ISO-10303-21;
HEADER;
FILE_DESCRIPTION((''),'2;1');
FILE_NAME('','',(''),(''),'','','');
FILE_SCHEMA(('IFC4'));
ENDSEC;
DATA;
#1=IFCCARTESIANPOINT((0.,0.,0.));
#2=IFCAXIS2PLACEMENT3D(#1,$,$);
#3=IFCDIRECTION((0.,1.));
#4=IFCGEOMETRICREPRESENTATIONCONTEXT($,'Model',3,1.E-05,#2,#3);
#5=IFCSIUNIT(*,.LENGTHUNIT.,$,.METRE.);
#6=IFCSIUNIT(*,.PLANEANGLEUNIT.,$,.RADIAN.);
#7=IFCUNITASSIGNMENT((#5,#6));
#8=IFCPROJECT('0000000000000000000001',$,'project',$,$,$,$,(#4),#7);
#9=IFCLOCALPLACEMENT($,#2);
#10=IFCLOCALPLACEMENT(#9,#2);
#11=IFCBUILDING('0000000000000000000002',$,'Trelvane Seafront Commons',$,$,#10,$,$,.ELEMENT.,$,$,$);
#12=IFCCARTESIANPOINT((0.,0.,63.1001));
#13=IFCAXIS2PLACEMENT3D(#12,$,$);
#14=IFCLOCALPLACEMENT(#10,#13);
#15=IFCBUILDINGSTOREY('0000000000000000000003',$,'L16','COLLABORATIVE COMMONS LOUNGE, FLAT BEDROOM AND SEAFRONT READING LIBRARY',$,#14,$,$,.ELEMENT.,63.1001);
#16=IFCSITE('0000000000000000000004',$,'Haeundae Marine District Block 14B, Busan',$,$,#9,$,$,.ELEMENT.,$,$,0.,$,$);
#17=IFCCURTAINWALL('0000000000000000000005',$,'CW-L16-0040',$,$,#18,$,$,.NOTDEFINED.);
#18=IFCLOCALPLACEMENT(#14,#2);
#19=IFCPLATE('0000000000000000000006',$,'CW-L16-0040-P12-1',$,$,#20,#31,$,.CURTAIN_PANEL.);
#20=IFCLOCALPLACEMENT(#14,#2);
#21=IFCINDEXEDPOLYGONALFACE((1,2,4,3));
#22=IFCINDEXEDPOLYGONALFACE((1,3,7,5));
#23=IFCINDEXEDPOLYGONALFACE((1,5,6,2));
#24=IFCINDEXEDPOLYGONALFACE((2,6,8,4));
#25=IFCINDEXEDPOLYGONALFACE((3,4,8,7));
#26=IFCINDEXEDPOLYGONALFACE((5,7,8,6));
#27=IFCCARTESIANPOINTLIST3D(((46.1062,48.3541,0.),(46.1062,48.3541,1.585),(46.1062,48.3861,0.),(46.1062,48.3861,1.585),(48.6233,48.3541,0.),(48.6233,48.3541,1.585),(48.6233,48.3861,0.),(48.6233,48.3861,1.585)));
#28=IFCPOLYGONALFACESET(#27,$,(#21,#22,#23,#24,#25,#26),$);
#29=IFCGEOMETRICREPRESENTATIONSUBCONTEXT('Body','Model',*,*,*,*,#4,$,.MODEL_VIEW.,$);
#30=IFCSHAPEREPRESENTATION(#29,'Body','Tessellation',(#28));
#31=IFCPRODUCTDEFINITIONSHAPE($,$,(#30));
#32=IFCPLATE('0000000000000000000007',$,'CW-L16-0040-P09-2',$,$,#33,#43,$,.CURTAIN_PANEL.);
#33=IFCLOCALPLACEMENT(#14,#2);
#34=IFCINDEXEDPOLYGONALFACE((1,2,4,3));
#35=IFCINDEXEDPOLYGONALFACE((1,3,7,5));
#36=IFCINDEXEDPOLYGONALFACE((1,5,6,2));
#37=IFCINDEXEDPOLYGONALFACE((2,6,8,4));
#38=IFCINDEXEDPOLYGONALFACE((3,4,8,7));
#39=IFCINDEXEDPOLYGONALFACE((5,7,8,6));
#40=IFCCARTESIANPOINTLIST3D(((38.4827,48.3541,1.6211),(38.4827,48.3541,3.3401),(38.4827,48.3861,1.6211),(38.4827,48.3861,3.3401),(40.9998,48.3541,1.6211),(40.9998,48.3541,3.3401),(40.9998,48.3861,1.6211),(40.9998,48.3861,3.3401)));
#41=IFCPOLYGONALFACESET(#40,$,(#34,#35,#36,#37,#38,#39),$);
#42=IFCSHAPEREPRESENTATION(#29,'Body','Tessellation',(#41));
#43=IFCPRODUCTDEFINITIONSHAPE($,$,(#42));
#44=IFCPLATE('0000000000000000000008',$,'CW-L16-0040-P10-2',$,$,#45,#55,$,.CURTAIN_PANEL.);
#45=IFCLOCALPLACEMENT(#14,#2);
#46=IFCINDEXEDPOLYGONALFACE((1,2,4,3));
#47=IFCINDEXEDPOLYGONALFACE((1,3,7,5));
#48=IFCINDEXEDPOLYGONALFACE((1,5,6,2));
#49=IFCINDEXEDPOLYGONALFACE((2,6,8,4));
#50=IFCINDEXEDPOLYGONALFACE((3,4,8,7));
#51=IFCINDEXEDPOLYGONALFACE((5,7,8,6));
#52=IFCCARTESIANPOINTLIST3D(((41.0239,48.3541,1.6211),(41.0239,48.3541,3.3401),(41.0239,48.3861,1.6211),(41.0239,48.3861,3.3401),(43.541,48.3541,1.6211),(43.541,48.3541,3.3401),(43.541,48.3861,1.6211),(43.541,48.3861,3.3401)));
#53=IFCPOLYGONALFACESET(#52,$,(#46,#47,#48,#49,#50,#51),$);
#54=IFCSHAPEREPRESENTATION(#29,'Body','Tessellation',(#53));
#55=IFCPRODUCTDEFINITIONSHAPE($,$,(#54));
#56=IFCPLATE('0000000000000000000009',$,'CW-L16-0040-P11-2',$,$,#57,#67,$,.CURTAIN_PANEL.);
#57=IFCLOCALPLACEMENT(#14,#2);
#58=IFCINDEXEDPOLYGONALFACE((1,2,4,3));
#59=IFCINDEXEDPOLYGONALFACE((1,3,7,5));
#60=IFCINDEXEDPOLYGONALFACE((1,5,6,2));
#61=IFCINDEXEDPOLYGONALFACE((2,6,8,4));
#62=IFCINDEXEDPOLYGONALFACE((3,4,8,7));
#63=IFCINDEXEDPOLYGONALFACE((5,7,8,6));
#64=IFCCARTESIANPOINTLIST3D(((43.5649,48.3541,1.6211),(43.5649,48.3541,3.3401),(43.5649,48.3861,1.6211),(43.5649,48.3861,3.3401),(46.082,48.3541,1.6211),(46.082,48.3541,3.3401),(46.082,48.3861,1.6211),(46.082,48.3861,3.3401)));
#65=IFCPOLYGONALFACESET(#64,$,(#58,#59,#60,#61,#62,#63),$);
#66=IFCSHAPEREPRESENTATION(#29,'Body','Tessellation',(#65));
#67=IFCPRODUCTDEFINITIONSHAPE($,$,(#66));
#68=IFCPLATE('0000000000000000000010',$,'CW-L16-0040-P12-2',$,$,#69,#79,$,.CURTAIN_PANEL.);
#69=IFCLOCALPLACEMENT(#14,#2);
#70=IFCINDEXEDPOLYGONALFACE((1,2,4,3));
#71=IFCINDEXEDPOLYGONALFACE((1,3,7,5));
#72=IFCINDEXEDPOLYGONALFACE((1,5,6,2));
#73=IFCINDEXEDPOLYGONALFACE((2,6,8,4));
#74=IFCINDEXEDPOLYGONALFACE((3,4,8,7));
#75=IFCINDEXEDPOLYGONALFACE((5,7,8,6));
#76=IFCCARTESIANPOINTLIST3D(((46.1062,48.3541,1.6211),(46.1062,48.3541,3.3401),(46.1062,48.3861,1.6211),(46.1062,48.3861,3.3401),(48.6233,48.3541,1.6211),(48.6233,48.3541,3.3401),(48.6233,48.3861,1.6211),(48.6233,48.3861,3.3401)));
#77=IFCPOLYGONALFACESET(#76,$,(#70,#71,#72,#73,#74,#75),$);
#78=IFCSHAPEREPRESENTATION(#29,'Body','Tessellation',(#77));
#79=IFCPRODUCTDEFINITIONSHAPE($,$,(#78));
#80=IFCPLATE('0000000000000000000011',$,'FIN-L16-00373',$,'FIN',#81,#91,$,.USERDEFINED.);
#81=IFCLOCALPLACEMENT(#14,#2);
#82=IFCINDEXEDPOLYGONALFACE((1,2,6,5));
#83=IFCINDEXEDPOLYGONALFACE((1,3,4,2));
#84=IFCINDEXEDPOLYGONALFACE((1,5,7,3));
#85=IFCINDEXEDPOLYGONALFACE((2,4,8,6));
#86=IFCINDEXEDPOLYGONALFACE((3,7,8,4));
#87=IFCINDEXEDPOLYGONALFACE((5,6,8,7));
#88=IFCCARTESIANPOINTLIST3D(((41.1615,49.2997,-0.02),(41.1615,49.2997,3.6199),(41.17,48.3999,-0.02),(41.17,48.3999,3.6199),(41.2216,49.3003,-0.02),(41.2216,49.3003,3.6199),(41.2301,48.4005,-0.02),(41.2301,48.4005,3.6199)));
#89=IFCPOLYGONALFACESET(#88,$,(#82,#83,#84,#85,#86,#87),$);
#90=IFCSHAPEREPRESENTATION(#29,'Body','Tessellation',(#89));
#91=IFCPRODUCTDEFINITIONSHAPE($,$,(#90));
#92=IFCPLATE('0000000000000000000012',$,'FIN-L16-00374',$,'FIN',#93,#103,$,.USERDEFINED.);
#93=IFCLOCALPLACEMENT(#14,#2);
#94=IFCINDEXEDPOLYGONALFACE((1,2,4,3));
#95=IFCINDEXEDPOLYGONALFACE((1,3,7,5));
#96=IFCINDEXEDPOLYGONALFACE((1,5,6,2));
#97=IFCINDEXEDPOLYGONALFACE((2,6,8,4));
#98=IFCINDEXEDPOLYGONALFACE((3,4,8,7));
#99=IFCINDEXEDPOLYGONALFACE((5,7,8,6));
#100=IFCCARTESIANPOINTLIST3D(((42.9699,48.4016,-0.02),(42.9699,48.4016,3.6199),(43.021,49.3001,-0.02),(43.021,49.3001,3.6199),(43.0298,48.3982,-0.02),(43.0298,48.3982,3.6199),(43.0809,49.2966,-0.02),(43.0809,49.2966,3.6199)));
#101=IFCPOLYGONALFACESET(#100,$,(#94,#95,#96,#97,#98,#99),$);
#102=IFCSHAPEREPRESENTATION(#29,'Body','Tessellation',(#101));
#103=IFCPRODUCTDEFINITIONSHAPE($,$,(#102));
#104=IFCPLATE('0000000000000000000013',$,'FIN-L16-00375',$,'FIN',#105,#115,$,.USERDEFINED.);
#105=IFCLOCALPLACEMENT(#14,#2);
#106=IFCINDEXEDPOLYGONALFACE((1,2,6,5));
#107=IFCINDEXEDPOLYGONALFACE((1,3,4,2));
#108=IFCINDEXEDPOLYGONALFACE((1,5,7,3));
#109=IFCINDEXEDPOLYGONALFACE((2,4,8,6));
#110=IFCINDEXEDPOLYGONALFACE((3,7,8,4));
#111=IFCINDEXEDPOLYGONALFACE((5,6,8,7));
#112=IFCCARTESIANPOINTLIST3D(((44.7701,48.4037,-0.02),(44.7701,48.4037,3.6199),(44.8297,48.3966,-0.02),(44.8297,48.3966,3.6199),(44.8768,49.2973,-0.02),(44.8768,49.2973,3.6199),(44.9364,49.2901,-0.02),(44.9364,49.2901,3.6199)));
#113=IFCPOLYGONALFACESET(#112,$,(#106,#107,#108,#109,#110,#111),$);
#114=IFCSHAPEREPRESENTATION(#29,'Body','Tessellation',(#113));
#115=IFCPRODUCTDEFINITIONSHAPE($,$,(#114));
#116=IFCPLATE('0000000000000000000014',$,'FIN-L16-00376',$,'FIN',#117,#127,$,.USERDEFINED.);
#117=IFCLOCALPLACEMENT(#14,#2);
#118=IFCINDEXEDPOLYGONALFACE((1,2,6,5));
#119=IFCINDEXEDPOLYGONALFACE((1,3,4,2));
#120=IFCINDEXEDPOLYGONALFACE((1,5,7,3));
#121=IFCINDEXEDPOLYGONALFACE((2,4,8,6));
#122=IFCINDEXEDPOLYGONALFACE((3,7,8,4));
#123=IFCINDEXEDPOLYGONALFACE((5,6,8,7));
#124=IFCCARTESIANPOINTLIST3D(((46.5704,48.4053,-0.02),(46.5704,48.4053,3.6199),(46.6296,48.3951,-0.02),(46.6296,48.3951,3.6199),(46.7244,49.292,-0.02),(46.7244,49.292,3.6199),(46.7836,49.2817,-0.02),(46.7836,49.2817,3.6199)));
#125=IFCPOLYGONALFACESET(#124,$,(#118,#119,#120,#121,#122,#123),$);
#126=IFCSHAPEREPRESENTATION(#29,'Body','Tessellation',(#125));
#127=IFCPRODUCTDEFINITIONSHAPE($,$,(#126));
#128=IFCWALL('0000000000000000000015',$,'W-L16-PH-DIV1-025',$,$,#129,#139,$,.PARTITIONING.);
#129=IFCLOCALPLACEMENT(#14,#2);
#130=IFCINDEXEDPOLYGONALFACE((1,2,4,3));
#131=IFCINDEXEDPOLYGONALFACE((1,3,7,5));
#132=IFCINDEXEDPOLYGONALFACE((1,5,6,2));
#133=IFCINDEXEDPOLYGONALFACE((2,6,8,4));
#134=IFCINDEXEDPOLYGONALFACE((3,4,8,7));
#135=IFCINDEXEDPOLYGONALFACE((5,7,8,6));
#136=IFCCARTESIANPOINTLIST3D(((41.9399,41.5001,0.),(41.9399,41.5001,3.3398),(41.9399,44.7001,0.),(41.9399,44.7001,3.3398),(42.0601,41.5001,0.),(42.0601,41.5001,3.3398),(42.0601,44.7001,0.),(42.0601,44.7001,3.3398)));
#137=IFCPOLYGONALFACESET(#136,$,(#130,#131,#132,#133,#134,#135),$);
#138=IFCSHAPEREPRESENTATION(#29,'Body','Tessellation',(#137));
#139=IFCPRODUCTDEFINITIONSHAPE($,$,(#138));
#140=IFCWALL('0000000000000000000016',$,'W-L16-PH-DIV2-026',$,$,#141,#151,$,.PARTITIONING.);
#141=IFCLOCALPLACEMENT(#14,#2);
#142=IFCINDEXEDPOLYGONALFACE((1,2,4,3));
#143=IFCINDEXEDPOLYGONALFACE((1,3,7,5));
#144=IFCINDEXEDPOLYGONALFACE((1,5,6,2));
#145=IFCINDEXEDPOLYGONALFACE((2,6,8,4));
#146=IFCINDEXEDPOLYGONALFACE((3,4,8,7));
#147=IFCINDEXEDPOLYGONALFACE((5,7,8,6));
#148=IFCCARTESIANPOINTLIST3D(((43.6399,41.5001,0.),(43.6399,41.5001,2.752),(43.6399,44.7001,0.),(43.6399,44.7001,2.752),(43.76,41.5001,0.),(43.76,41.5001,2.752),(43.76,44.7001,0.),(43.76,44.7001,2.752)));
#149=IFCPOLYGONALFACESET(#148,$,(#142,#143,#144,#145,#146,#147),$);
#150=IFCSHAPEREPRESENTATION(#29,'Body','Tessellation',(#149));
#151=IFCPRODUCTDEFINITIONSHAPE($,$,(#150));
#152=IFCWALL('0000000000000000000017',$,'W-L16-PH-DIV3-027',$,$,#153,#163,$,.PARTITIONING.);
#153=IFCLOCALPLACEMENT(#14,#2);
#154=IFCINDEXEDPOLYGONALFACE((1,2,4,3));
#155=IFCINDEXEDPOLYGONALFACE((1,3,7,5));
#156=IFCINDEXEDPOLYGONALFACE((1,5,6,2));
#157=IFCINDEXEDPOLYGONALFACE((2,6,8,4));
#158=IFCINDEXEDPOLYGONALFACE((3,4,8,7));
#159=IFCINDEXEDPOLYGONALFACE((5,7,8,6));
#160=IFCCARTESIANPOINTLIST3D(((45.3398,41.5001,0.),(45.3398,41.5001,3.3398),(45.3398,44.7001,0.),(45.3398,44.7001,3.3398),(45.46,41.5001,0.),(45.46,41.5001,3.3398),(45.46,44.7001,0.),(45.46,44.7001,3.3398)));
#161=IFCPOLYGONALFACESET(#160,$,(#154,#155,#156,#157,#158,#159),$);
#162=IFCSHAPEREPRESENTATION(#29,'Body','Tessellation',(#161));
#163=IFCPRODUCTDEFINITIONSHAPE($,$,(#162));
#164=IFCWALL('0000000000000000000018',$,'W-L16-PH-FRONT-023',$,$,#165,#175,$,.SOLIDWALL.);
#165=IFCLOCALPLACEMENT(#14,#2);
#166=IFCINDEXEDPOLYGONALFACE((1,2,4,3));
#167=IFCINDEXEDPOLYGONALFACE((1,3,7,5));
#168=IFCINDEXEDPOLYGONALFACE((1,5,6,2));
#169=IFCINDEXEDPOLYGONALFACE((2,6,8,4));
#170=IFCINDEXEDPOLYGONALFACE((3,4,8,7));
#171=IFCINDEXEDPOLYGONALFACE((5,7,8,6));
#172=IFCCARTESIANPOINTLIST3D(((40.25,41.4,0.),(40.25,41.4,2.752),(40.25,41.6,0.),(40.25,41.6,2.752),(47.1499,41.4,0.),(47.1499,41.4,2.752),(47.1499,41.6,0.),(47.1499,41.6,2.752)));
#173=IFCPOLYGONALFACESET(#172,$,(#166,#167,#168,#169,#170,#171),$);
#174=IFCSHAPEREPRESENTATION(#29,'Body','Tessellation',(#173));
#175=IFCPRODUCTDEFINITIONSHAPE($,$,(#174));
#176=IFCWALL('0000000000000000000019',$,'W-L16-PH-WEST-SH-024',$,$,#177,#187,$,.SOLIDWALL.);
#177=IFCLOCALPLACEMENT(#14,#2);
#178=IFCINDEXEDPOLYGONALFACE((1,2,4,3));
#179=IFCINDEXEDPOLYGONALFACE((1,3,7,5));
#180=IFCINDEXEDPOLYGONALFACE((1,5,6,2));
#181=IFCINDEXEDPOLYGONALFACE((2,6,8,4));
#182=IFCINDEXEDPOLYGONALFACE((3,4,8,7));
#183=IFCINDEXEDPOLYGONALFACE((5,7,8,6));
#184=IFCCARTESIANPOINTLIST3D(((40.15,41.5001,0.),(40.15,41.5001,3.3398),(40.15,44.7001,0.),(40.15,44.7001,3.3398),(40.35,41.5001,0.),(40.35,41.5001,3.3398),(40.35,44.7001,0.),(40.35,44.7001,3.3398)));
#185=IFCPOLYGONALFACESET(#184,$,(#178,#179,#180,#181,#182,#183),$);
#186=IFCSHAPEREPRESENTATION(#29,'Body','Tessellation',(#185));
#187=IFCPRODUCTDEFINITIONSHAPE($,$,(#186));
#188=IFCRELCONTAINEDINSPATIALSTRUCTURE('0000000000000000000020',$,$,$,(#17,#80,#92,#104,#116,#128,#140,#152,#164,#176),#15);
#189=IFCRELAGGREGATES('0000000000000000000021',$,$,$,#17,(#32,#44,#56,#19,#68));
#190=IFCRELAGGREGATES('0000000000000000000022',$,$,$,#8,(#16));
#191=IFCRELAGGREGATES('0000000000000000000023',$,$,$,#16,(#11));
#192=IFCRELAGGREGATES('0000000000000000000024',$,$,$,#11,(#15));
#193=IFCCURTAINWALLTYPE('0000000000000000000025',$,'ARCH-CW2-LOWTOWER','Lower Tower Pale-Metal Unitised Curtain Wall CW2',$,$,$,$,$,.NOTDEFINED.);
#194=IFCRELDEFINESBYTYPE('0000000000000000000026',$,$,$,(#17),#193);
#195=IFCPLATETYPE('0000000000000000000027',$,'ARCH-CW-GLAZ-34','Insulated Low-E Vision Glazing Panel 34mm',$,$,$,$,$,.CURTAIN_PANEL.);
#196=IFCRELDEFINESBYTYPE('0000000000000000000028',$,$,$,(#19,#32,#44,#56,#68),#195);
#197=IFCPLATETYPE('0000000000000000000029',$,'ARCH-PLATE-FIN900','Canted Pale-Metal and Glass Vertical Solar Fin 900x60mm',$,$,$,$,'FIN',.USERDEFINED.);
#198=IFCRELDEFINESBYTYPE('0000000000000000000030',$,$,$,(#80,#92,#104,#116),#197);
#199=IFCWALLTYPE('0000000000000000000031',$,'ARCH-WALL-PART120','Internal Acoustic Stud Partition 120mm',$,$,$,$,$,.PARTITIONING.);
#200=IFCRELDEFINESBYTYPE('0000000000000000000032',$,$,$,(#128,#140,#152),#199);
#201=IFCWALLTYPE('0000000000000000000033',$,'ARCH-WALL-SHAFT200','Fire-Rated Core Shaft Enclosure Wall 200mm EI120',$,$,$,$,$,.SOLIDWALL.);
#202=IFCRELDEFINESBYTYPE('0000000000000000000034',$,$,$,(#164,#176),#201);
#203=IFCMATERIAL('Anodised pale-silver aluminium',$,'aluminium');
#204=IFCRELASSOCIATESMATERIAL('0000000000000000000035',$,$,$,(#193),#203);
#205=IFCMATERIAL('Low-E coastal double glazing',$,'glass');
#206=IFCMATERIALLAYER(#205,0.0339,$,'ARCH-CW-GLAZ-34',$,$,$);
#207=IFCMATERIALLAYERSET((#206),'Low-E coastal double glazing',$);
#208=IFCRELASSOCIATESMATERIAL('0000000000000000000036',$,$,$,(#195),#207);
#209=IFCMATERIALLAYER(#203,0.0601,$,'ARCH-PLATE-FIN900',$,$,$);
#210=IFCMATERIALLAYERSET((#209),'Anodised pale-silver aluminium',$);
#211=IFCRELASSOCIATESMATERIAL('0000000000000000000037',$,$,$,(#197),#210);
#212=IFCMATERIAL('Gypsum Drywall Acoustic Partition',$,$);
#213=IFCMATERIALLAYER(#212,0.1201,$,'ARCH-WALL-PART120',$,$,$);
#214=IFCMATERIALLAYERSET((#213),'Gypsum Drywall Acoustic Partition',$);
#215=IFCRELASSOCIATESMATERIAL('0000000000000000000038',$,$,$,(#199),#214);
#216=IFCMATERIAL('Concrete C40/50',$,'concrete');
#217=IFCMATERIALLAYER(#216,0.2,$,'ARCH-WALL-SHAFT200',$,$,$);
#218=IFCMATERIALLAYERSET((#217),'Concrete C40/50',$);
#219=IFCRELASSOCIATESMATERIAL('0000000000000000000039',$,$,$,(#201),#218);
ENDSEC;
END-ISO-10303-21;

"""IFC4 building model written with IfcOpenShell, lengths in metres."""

from ifc_helpers import new_model, si_unit, direction, frame, frame_2d, origin, origin_2d, place, context, subcontext, project, spatial, rectangle, extrude, source, transform, mapped, material, layer, layer_set, type_object, element, aggregate, save


model = new_model("IFC4")

# Units and contexts
model_context = context("Model", 3, precision=1e-05, world=origin(), true_north=direction((0.0, 1.0)))
body_context = subcontext(model_context, "Body", "Model", "MODEL_VIEW")
ifc_project = project(units=[si_unit("LENGTHUNIT", "METRE"), si_unit("PLANEANGLEUNIT", "RADIAN")], contexts=[model_context])

# Site, building, storey
site_placement = place(None, origin())
site = spatial("IfcSite", under=ifc_project, at=site_placement, Name="Haeundae Marine District Block 14B, Busan", CompositionType="ELEMENT", RefElevation=0.0)
building_placement = place(site_placement, origin())
building = spatial("IfcBuilding", under=site, at=building_placement, Name="Trelvane Seafront Commons", CompositionType="ELEMENT")
storey_placement = place(building_placement, frame((0.0, 0.0, 63.1001)))
storey = spatial("IfcBuildingStorey", under=building, at=storey_placement, Name="L16", Description="COLLABORATIVE COMMONS LOUNGE, FLAT BEDROOM AND SEAFRONT READING LIBRARY", CompositionType="ELEMENT", Elevation=63.1001)

# Curtain wall, plates
ifc_material_1 = material(Name="Anodised pale-silver aluminium", Category="aluminium")
curtain_wall_type = type_object("IfcCurtainWallType", Name="ARCH-CW2-LOWTOWER", Description="Lower Tower Pale-Metal Unitised Curtain Wall CW2", PredefinedType="NOTDEFINED", material=ifc_material_1)
curtain_wall_placement = place(storey_placement, origin())
curtain_wall = element("IfcCurtainWall", 1, at=curtain_wall_placement, inside=storey, type_object=curtain_wall_type, Name="CW-L16-0040", PredefinedType="NOTDEFINED")
ifc_material_2 = material(Name="Low-E coastal double glazing", Category="glass")
ifc_layer_1 = layer(ifc_material_2, 0.0339, Name="ARCH-CW-GLAZ-34")
ifc_layer_set_1 = layer_set([ifc_layer_1], Name="Low-E coastal double glazing")
plate_type_1 = type_object("IfcPlateType", Name="ARCH-CW-GLAZ-34", Description="Insulated Low-E Vision Glazing Panel 34mm", PredefinedType="CURTAIN_PANEL", material=ifc_layer_set_1)
shared_shape_1 = source(origin(), body_context, "Body", "SweptSolid", [
    extrude(rectangle(XDim=2.5171, YDim=0.032, at=origin_2d()), origin(), (0.0, 0.0, 1.0), 1.585),
])
plate_1_placement = place(storey_placement, frame((47.3647, 48.3701, 0.0), z_axis=(0.0, 0.0, 1.0), x_axis=(1.0, 0.0, 0.0)))
plate_1 = element("IfcPlate", 2, at=plate_1_placement, type_object=plate_type_1, Name="CW-L16-0040-P12-1", PredefinedType="CURTAIN_PANEL", context=body_context, shape_type="MappedRepresentation", body=[
    mapped(shared_shape_1, transform((0.0, 0.0, 0.0), x_axis=(1.0, 0.0, 0.0), y_axis=(0.0, 1.0, 0.0), z_axis=(0.0, 0.0, 1.0), scale=1.0)),
])
shared_shape_2 = source(origin(), body_context, "Body", "SweptSolid", [
    extrude(rectangle(XDim=2.5171, YDim=0.032, at=origin_2d()), origin(), (0.0, 0.0, 1.0), 1.719),
])
plate_2_placement = place(storey_placement, frame((39.7412, 48.3701, 1.6211), z_axis=(0.0, 0.0, 1.0), x_axis=(1.0, 0.0, 0.0)))
plate_2 = element("IfcPlate", 3, at=plate_2_placement, type_object=plate_type_1, Name="CW-L16-0040-P09-2", PredefinedType="CURTAIN_PANEL", context=body_context, shape_type="MappedRepresentation", body=[
    mapped(shared_shape_2, transform((0.0, 0.0, 0.0), x_axis=(1.0, 0.0, 0.0), y_axis=(0.0, 1.0, 0.0), z_axis=(0.0, 0.0, 1.0), scale=1.0)),
])
plate_3_placement = place(storey_placement, frame((42.2825, 48.3701, 1.6211), z_axis=(0.0, 0.0, 1.0), x_axis=(1.0, 0.0, 0.0)))
plate_3 = element("IfcPlate", 4, at=plate_3_placement, type_object=plate_type_1, Name="CW-L16-0040-P10-2", PredefinedType="CURTAIN_PANEL", context=body_context, shape_type="MappedRepresentation", body=[
    mapped(shared_shape_2, transform((0.0, 0.0, 0.0), x_axis=(1.0, 0.0, 0.0), y_axis=(0.0, 1.0, 0.0), z_axis=(0.0, 0.0, 1.0), scale=1.0)),
])
plate_4_placement = place(storey_placement, frame((44.8235, 48.3701, 1.6211), z_axis=(0.0, 0.0, 1.0), x_axis=(1.0, 0.0, 0.0)))
plate_4 = element("IfcPlate", 5, at=plate_4_placement, type_object=plate_type_1, Name="CW-L16-0040-P11-2", PredefinedType="CURTAIN_PANEL", context=body_context, shape_type="MappedRepresentation", body=[
    mapped(shared_shape_2, transform((0.0, 0.0, 0.0), x_axis=(1.0, 0.0, 0.0), y_axis=(0.0, 1.0, 0.0), z_axis=(0.0, 0.0, 1.0), scale=1.0)),
])
plate_5_placement = place(storey_placement, frame((47.3647, 48.3701, 1.6211), z_axis=(0.0, 0.0, 1.0), x_axis=(1.0, 0.0, 0.0)))
plate_5 = element("IfcPlate", 6, at=plate_5_placement, type_object=plate_type_1, Name="CW-L16-0040-P12-2", PredefinedType="CURTAIN_PANEL", context=body_context, shape_type="MappedRepresentation", body=[
    mapped(shared_shape_2, transform((0.0, 0.0, 0.0), x_axis=(1.0, 0.0, 0.0), y_axis=(0.0, 1.0, 0.0), z_axis=(0.0, 0.0, 1.0), scale=1.0)),
])
aggregate(curtain_wall, [plate_2, plate_3, plate_4, plate_1, plate_5])

# Plates
ifc_layer_2 = layer(ifc_material_1, 0.0601, Name="ARCH-PLATE-FIN900")
ifc_layer_set_2 = layer_set([ifc_layer_2], Name="Anodised pale-silver aluminium")
plate_type_2 = type_object("IfcPlateType", Name="ARCH-PLATE-FIN900", Description="Canted Pale-Metal and Glass Vertical Solar Fin 900x60mm", ElementType="FIN", PredefinedType="USERDEFINED", material=ifc_layer_set_2)
shared_shape_3 = source(origin(), body_context, "Body", "SweptSolid", [
    extrude(rectangle(XDim=0.8999, YDim=0.0601, at=origin_2d()), origin(), (0.0, 0.0, 1.0), 3.6399),
])
for number, where, z_axis, x_axis, name in (
    (7, (41.1958, 48.8501, -0.02), (0.0, 0.0, 1.0), (-0.009444, 0.999955, 0.0), "FIN-L16-00373"),
    (8, (43.0254, 48.8491, -0.02), (0.0, 0.0, 1.0), (0.056782, 0.998387, 0.0), "FIN-L16-00374"),
    (9, (44.8533, 48.8469, -0.02), (0.0, 0.0, 1.0), (0.11855, 0.992948, 0.0), "FIN-L16-00375"),
    (10, (46.677, 48.8435, -0.02), (0.0, 0.0, 1.0), (0.171116, 0.985251, 0.0), "FIN-L16-00376"),
):
    element("IfcPlate", number, at=place(storey_placement, frame(where, z_axis=z_axis, x_axis=x_axis)), inside=storey, type_object=plate_type_2, Name=name, ObjectType="FIN", PredefinedType="USERDEFINED", context=body_context, shape_type="MappedRepresentation", body=[
        mapped(shared_shape_3, transform((0.0, 0.0, 0.0), x_axis=(1.0, 0.0, 0.0), y_axis=(0.0, 1.0, 0.0), z_axis=(0.0, 0.0, 1.0), scale=1.0)),
    ])

# Walls
ifc_material_3 = material(Name="Gypsum Drywall Acoustic Partition")
ifc_layer_3 = layer(ifc_material_3, 0.1201, Name="ARCH-WALL-PART120")
ifc_layer_set_3 = layer_set([ifc_layer_3], Name="Gypsum Drywall Acoustic Partition")
wall_type_1 = type_object("IfcWallType", Name="ARCH-WALL-PART120", Description="Internal Acoustic Stud Partition 120mm", PredefinedType="PARTITIONING", material=ifc_layer_set_3)
wall_1_placement = place(storey_placement, frame((42.0, 41.5, 0.0), z_axis=(0.0, 0.0, 1.0), x_axis=(0.0, 1.0, 0.0)))
element("IfcWall", 11, at=wall_1_placement, inside=storey, type_object=wall_type_1, Name="W-L16-PH-DIV1-025", PredefinedType="PARTITIONING", context=body_context, shape_type="SweptSolid", body=[
    extrude(rectangle(XDim=3.2, YDim=0.1201, at=frame_2d((1.6001, 0.0))), origin(), (0.0, 0.0, 1.0), 3.3398),
])
wall_2_placement = place(storey_placement, frame((43.7, 41.5, 0.0), z_axis=(0.0, 0.0, 1.0), x_axis=(0.0, 1.0, 0.0)))
element("IfcWall", 12, at=wall_2_placement, inside=storey, type_object=wall_type_1, Name="W-L16-PH-DIV2-026", PredefinedType="PARTITIONING", context=body_context, shape_type="SweptSolid", body=[
    extrude(rectangle(XDim=3.2, YDim=0.1201, at=frame_2d((1.6001, 0.0))), origin(), (0.0, 0.0, 1.0), 2.752),
])
wall_3_placement = place(storey_placement, frame((45.3999, 41.5, 0.0), z_axis=(0.0, 0.0, 1.0), x_axis=(0.0, 1.0, 0.0)))
element("IfcWall", 13, at=wall_3_placement, inside=storey, type_object=wall_type_1, Name="W-L16-PH-DIV3-027", PredefinedType="PARTITIONING", context=body_context, shape_type="SweptSolid", body=[
    extrude(rectangle(XDim=3.2, YDim=0.1201, at=frame_2d((1.6001, 0.0))), origin(), (0.0, 0.0, 1.0), 3.3398),
])
ifc_material_4 = material(Name="Concrete C40/50", Category="concrete")
ifc_layer_4 = layer(ifc_material_4, 0.2, Name="ARCH-WALL-SHAFT200")
ifc_layer_set_4 = layer_set([ifc_layer_4], Name="Concrete C40/50")
wall_type_2 = type_object("IfcWallType", Name="ARCH-WALL-SHAFT200", Description="Fire-Rated Core Shaft Enclosure Wall 200mm EI120", PredefinedType="SOLIDWALL", material=ifc_layer_set_4)
wall_4_placement = place(storey_placement, frame((40.25, 41.5, 0.0), z_axis=(0.0, 0.0, 1.0), x_axis=(1.0, 0.0, 0.0)))
element("IfcWall", 14, at=wall_4_placement, inside=storey, type_object=wall_type_2, Name="W-L16-PH-FRONT-023", PredefinedType="SOLIDWALL", context=body_context, shape_type="SweptSolid", body=[
    extrude(rectangle(XDim=6.8999, YDim=0.2, at=frame_2d((3.45, 0.0))), origin(), (0.0, 0.0, 1.0), 2.752),
])
wall_5_placement = place(storey_placement, frame((40.25, 41.5, 0.0), z_axis=(0.0, 0.0, 1.0), x_axis=(0.0, 1.0, 0.0)))
element("IfcWall", 15, at=wall_5_placement, inside=storey, type_object=wall_type_2, Name="W-L16-PH-WEST-SH-024", PredefinedType="SOLIDWALL", context=body_context, shape_type="SweptSolid", body=[
    extrude(rectangle(XDim=3.2, YDim=0.2, at=frame_2d((1.6001, 0.0))), origin(), (0.0, 0.0, 1.0), 3.3398),
])

save(model, "model.ifc")
